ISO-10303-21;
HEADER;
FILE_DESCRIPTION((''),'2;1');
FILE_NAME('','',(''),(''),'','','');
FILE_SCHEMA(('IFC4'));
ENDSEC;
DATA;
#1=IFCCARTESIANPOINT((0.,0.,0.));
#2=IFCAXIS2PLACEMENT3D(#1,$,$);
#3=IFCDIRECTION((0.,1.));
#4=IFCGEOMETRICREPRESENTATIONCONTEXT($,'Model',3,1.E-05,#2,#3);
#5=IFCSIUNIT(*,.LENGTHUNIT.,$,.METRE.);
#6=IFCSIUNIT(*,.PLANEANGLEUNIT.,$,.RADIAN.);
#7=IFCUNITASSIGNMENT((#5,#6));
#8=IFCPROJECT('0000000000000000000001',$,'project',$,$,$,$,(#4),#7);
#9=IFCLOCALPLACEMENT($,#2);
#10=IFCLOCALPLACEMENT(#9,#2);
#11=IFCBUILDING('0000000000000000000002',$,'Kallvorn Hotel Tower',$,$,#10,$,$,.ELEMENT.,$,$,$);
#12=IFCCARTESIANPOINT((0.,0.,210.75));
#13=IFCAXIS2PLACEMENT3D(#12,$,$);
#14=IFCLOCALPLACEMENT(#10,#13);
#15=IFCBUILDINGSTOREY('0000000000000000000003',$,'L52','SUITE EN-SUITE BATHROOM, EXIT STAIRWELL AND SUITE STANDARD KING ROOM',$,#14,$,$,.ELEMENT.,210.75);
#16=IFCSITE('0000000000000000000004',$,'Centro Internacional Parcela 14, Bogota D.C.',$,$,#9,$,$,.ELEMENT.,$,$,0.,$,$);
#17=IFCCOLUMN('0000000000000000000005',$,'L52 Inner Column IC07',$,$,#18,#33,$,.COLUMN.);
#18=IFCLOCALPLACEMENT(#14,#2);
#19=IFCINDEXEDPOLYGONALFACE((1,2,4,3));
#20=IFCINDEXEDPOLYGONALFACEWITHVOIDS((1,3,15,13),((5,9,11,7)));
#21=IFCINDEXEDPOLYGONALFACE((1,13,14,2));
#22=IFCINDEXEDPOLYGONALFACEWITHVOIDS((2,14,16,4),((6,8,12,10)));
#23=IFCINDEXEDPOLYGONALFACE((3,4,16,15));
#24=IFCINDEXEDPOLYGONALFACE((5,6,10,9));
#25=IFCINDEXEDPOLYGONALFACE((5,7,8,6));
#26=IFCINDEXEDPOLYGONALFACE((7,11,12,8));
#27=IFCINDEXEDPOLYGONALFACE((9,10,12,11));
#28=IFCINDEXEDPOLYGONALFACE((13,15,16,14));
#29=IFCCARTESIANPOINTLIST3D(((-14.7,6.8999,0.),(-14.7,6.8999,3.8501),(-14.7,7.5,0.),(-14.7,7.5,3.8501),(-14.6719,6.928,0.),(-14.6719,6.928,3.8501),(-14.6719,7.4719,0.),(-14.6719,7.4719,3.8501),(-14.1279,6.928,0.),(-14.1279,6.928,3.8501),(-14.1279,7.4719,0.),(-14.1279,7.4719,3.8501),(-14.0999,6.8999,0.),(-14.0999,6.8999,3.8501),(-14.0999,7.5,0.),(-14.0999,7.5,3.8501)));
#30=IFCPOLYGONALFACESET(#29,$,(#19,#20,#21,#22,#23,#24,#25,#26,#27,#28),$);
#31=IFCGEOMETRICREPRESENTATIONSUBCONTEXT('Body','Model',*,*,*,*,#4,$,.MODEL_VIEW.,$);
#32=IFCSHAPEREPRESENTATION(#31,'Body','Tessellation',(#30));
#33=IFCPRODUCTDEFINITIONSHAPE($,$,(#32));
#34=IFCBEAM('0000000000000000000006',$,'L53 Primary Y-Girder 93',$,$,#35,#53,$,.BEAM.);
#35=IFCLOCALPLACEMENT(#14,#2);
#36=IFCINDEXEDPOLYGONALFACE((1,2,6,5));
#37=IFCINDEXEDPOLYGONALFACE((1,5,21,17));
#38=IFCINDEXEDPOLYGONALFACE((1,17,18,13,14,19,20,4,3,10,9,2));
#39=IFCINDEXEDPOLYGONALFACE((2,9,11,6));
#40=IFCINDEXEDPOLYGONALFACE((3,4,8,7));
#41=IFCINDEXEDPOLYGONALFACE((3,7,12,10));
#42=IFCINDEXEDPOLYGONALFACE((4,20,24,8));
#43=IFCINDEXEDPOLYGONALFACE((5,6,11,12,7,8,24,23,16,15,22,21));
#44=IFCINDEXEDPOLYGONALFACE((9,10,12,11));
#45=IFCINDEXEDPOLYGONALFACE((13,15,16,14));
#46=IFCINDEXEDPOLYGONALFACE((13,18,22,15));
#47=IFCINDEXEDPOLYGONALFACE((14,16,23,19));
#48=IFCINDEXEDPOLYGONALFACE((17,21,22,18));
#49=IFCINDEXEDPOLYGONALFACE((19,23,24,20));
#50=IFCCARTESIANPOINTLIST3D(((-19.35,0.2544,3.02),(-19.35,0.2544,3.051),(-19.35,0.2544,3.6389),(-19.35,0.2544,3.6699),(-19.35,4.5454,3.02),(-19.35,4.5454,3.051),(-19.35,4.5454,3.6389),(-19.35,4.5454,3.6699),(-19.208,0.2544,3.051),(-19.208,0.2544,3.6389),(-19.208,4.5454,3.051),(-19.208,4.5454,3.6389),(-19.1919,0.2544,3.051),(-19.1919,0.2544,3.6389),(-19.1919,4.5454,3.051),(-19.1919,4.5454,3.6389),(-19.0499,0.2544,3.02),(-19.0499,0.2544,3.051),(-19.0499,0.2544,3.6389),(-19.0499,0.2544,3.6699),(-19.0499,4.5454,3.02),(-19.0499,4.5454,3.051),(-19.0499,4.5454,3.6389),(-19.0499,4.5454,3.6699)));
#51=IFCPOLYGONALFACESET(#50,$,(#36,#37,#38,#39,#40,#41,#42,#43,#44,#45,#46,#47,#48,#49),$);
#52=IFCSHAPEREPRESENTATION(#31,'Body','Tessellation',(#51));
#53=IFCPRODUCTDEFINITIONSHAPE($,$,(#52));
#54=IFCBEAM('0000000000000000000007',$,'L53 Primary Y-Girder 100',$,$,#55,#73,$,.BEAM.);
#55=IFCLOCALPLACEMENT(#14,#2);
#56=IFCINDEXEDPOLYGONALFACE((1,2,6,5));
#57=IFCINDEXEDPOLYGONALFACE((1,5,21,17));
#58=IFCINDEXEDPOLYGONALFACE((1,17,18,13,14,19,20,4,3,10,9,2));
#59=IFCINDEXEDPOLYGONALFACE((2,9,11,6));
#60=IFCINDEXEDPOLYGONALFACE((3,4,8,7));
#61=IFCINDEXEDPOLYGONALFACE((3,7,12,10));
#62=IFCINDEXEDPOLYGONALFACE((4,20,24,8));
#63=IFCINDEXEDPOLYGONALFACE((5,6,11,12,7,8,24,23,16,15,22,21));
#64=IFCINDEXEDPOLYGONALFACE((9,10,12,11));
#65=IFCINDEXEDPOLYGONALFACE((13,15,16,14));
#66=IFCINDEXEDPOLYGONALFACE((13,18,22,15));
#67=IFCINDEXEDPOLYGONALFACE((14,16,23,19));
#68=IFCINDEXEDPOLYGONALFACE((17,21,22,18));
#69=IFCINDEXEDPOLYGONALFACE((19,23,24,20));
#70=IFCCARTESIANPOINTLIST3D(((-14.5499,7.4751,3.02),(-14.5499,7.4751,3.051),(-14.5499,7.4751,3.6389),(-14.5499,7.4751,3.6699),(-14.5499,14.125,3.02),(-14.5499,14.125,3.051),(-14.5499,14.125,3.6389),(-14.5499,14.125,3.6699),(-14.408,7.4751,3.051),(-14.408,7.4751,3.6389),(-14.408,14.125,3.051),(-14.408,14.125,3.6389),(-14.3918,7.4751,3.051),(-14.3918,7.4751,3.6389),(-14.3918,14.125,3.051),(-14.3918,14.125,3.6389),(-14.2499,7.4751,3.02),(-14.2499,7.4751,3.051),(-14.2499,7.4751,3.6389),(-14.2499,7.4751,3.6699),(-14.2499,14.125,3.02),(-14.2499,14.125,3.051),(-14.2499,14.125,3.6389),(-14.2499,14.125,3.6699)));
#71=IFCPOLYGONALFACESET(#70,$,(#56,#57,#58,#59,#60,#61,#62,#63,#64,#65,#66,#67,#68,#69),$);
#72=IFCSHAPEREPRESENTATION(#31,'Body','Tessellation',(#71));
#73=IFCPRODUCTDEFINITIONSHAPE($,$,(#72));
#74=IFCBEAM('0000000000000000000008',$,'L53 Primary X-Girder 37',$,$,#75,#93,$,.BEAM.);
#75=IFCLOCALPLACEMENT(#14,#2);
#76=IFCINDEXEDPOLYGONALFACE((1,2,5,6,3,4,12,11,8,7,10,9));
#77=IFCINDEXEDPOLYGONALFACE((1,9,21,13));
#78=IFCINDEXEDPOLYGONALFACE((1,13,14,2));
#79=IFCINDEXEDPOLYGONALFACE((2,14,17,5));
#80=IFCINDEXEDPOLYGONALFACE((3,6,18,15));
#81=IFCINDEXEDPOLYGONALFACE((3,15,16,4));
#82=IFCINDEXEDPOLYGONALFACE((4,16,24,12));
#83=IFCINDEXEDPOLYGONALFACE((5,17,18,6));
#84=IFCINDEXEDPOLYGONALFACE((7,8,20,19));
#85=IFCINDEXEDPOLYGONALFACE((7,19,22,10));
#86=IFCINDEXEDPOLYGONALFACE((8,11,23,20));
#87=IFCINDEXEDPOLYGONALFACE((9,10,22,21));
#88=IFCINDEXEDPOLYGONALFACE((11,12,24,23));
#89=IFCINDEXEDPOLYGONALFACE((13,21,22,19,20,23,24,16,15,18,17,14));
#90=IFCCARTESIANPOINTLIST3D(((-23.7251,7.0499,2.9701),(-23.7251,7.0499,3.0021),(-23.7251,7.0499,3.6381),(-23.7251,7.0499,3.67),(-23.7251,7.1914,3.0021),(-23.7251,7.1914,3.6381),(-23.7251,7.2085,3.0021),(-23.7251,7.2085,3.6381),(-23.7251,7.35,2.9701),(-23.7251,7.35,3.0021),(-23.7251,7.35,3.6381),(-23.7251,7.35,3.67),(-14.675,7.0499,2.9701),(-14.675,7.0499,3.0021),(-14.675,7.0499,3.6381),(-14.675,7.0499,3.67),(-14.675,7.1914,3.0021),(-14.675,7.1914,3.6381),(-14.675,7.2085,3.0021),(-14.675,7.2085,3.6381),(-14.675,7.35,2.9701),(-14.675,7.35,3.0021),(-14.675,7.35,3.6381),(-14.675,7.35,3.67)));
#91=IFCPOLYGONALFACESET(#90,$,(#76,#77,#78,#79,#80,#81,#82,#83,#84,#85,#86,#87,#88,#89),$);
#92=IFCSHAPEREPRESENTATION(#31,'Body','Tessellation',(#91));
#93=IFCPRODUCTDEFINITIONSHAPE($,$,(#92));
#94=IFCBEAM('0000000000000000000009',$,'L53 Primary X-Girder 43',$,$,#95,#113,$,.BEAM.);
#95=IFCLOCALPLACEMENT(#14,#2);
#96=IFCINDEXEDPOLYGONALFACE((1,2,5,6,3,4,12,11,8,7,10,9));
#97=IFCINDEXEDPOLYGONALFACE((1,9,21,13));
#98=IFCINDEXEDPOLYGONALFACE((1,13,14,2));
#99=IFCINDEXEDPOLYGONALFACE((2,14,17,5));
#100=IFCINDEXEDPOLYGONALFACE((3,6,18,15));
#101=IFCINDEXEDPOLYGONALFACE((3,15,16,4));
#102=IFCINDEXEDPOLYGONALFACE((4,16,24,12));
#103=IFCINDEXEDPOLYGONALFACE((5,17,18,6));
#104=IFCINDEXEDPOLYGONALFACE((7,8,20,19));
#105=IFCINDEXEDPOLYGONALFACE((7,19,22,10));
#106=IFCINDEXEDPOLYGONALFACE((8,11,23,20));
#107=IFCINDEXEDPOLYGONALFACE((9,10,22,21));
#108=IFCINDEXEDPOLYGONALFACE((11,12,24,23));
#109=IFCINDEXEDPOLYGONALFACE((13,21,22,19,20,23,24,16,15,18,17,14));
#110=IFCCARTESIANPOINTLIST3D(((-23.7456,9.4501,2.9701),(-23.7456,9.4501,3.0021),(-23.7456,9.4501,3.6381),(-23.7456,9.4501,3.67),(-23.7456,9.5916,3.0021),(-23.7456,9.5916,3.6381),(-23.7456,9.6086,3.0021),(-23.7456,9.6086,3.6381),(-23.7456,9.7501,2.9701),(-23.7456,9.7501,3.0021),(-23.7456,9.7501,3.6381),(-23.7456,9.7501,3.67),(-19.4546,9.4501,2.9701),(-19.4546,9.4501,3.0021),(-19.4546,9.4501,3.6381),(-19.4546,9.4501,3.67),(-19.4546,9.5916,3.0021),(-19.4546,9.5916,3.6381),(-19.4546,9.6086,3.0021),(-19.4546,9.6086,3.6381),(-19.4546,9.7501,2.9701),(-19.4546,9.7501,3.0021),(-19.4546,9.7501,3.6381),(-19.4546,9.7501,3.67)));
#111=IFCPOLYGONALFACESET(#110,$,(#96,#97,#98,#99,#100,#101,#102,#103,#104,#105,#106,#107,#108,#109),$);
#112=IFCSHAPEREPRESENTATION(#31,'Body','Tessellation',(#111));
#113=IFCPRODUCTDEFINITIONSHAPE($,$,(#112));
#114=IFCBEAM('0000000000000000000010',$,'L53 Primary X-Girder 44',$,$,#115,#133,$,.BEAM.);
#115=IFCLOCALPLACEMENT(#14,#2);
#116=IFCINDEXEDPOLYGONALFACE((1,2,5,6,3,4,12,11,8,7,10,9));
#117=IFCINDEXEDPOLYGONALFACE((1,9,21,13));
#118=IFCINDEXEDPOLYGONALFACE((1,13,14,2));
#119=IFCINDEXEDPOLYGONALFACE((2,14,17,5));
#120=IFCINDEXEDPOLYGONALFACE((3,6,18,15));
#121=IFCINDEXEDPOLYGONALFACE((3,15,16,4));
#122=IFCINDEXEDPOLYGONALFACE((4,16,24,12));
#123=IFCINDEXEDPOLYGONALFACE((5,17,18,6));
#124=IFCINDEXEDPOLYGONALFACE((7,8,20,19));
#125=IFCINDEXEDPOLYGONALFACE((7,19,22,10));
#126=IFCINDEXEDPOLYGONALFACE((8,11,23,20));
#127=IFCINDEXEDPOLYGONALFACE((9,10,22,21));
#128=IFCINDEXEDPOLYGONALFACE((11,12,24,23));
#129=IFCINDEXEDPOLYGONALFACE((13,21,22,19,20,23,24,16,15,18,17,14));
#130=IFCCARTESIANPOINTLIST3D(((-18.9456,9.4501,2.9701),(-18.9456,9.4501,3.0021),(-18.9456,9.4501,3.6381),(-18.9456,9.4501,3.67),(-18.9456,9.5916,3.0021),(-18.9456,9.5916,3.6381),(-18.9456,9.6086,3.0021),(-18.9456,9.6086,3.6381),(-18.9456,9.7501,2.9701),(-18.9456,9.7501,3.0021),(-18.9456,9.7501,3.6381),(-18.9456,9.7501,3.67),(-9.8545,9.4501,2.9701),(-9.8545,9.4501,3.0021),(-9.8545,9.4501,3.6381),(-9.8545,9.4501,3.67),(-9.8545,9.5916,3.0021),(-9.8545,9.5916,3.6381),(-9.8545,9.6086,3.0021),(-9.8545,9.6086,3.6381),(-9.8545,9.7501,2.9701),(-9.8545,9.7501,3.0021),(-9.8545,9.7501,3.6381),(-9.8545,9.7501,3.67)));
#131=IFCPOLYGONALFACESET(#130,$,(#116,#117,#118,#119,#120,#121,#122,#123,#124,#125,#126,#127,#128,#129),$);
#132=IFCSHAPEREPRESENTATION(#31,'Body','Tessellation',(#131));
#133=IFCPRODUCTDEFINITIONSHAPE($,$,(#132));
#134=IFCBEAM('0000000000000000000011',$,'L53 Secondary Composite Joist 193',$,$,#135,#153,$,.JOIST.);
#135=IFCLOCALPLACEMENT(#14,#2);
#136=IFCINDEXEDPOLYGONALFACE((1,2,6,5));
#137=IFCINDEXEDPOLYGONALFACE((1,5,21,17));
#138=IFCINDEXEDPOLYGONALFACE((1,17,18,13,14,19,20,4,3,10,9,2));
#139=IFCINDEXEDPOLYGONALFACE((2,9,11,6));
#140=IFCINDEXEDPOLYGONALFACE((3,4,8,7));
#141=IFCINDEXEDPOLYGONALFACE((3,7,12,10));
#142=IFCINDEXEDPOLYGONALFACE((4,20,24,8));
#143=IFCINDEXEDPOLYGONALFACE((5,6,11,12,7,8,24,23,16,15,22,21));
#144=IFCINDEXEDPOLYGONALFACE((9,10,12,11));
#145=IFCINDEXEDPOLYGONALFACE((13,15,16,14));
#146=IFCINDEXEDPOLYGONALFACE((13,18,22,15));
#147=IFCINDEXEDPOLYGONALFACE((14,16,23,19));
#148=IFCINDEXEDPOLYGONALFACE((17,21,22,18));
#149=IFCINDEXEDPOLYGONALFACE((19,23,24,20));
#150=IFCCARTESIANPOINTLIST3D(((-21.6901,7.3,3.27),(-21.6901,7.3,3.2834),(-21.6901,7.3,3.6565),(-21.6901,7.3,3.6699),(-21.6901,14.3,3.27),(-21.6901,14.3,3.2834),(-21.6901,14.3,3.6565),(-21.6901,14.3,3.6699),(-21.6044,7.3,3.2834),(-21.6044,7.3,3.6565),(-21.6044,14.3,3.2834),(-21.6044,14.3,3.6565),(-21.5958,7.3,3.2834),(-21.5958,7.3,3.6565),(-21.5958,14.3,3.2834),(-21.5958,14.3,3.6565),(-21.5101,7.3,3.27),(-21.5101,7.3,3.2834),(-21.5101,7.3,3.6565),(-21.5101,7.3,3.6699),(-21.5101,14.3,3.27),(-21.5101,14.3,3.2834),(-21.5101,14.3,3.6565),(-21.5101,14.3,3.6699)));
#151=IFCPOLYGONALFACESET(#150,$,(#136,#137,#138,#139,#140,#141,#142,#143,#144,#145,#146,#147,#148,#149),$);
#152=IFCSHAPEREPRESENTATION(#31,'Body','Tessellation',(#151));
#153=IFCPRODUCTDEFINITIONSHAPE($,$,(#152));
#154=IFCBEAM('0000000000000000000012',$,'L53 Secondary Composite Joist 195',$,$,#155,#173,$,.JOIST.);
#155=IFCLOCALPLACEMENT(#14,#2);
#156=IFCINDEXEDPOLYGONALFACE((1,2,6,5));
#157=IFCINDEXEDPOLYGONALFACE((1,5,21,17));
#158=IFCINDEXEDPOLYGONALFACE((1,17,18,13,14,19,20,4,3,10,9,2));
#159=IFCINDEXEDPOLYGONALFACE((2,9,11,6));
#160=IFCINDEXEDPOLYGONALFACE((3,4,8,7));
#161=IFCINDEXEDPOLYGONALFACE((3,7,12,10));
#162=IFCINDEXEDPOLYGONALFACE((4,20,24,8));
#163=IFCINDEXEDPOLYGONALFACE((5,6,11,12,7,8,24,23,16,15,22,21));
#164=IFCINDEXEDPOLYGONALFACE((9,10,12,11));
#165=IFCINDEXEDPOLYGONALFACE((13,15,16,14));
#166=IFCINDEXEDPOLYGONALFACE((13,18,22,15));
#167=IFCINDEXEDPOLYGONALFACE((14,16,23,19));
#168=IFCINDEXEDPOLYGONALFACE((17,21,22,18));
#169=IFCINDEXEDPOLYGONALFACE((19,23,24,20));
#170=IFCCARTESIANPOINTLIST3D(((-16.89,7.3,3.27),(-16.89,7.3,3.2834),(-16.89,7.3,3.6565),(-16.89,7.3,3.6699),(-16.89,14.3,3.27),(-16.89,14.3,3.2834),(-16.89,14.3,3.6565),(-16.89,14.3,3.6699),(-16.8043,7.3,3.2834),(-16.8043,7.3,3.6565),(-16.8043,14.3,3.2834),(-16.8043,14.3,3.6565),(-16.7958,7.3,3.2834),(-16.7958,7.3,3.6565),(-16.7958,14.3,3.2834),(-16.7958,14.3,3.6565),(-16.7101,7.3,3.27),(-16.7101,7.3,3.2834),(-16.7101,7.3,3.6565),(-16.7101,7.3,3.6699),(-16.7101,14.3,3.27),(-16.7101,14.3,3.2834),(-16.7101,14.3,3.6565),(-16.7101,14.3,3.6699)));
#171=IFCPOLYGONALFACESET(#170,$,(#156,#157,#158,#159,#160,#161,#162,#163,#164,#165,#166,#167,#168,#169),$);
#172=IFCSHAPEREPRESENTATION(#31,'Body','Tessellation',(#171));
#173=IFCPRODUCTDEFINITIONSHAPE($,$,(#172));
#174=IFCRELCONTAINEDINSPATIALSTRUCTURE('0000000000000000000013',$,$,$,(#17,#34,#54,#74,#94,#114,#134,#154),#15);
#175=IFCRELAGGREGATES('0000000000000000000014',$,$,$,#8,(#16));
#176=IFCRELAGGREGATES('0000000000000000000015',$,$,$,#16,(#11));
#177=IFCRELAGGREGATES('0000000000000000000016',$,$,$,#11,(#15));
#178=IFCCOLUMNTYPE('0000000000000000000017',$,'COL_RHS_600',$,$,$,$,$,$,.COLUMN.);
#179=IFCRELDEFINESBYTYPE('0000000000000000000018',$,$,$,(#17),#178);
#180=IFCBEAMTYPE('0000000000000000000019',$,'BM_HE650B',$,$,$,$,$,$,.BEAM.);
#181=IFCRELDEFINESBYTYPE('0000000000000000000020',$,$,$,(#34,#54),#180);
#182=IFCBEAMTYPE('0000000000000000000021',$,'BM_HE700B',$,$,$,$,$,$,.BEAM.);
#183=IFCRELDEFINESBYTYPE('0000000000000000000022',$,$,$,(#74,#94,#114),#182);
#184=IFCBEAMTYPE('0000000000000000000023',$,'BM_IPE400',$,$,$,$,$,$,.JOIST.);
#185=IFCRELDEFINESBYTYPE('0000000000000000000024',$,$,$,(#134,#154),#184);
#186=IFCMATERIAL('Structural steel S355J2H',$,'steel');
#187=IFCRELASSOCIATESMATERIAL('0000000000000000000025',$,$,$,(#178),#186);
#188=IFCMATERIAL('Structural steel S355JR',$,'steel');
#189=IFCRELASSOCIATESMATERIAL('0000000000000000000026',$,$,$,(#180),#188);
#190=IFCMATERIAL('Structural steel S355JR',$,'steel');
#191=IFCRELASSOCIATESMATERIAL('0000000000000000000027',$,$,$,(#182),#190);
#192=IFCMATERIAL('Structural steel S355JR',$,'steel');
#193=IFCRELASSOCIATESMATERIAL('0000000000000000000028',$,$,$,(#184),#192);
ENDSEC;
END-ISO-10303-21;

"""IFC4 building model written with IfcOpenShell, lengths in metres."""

from ifc_helpers import new_model, si_unit, direction, frame, origin, origin_2d, place, context, subcontext, project, spatial, hollow_rectangle, i_section, extrude, material, material_profile, profile_set, type_object, element, save


model = new_model("IFC4")

# Units and contexts
model_context = context("Model", 3, precision=1e-05, world=origin(), true_north=direction((0.0, 1.0)))
body_context = subcontext(model_context, "Body", "Model", "MODEL_VIEW")
ifc_project = project(units=[si_unit("LENGTHUNIT", "METRE"), si_unit("PLANEANGLEUNIT", "RADIAN")], contexts=[model_context])

# Site, building, storey
site_placement = place(None, origin())
site = spatial("IfcSite", under=ifc_project, at=site_placement, Name="Centro Internacional Parcela 14, Bogota D.C.", CompositionType="ELEMENT", RefElevation=0.0)
building_placement = place(site_placement, origin())
building = spatial("IfcBuilding", under=site, at=building_placement, Name="Kallvorn Hotel Tower", CompositionType="ELEMENT")
storey_placement = place(building_placement, frame((0.0, 0.0, 210.75)))
storey = spatial("IfcBuildingStorey", under=building, at=storey_placement, Name="L52", Description="SUITE EN-SUITE BATHROOM, EXIT STAIRWELL AND SUITE STANDARD KING ROOM", CompositionType="ELEMENT", Elevation=210.75)

# Column
ifc_material_1 = material(Name="Structural steel S355J2H", Category="steel")
ifc_material_profile_1 = material_profile(ifc_material_1, hollow_rectangle(XDim=0.6001, YDim=0.6001, WallThickness=0.0281, at=origin_2d()), Name="RHS 600x600x28")
ifc_profile_set_1 = profile_set([ifc_material_profile_1], Name="Structural steel S355J2H")
column_type_1 = type_object("IfcColumnType", Name="COL_RHS_600", PredefinedType="COLUMN", material=ifc_profile_set_1)
column_placement = place(storey_placement, frame((-14.3999, 7.2, 0.0), z_axis=(0.0, 0.0, 1.0), x_axis=(1.0, 0.0, 0.0)))
element("IfcColumn", 1, at=column_placement, inside=storey, type_object=column_type_1, Name="L52 Inner Column IC07", PredefinedType="COLUMN", context=body_context, shape_type="SweptSolid", body=[
    extrude(hollow_rectangle(XDim=0.6001, YDim=0.6001, WallThickness=0.0281, at=origin_2d()), origin(), (0.0, 0.0, 1.0), 3.8501),
])

# Beams
ifc_material_2 = material(Name="Structural steel S355JR", Category="steel")
ifc_material_profile_2 = material_profile(ifc_material_2, i_section(OverallWidth=0.3, OverallDepth=0.6499, WebThickness=0.0161, FlangeThickness=0.031, at=origin_2d()), Name="HE 650 B")
ifc_profile_set_2 = profile_set([ifc_material_profile_2], Name="Structural steel S355JR")
beam_type_1 = type_object("IfcBeamType", Name="BM_HE650B", PredefinedType="BEAM", material=ifc_profile_set_2)
beam_1_placement = place(storey_placement, frame((-19.2, 0.2544, 3.345), z_axis=(0.0, 1.0, 0.0), x_axis=(-1.0, 0.0, 0.0)))
element("IfcBeam", 2, at=beam_1_placement, inside=storey, type_object=beam_type_1, Name="L53 Primary Y-Girder 93", PredefinedType="BEAM", context=body_context, shape_type="SweptSolid", body=[
    extrude(i_section(OverallWidth=0.3, OverallDepth=0.6499, WebThickness=0.0161, FlangeThickness=0.031, at=origin_2d()), origin(), (0.0, 0.0, 1.0), 4.291),
])
beam_2_placement = place(storey_placement, frame((-14.3999, 7.4751, 3.345), z_axis=(0.0, 1.0, 0.0), x_axis=(-1.0, 0.0, 0.0)))
element("IfcBeam", 3, at=beam_2_placement, inside=storey, type_object=beam_type_1, Name="L53 Primary Y-Girder 100", PredefinedType="BEAM", context=body_context, shape_type="SweptSolid", body=[
    extrude(i_section(OverallWidth=0.3, OverallDepth=0.6499, WebThickness=0.0161, FlangeThickness=0.031, at=origin_2d()), origin(), (0.0, 0.0, 1.0), 6.6499),
])
ifc_material_3 = material(Name="Structural steel S355JR", Category="steel")
ifc_material_profile_3 = material_profile(ifc_material_3, i_section(OverallWidth=0.3, OverallDepth=0.7, WebThickness=0.0171, FlangeThickness=0.032, at=origin_2d()), Name="HE 700 B")
ifc_profile_set_3 = profile_set([ifc_material_profile_3], Name="Structural steel S355JR")
beam_type_2 = type_object("IfcBeamType", Name="BM_HE700B", PredefinedType="BEAM", material=ifc_profile_set_3)
beam_3_placement = place(storey_placement, frame((-23.7251, 7.2, 3.3201), z_axis=(1.0, 0.0, 0.0), x_axis=(0.0, 1.0, 0.0)))
element("IfcBeam", 4, at=beam_3_placement, inside=storey, type_object=beam_type_2, Name="L53 Primary X-Girder 37", PredefinedType="BEAM", context=body_context, shape_type="SweptSolid", body=[
    extrude(i_section(OverallWidth=0.3, OverallDepth=0.7, WebThickness=0.0171, FlangeThickness=0.032, at=origin_2d()), origin(), (0.0, 0.0, 1.0), 9.05),
])
beam_4_placement = place(storey_placement, frame((-23.7456, 9.6001, 3.3201), z_axis=(1.0, 0.0, 0.0), x_axis=(0.0, 1.0, 0.0)))
element("IfcBeam", 5, at=beam_4_placement, inside=storey, type_object=beam_type_2, Name="L53 Primary X-Girder 43", PredefinedType="BEAM", context=body_context, shape_type="SweptSolid", body=[
    extrude(i_section(OverallWidth=0.3, OverallDepth=0.7, WebThickness=0.0171, FlangeThickness=0.032, at=origin_2d()), origin(), (0.0, 0.0, 1.0), 4.291),
])
beam_5_placement = place(storey_placement, frame((-18.9456, 9.6001, 3.3201), z_axis=(1.0, 0.0, 0.0), x_axis=(0.0, 1.0, 0.0)))
element("IfcBeam", 6, at=beam_5_placement, inside=storey, type_object=beam_type_2, Name="L53 Primary X-Girder 44", PredefinedType="BEAM", context=body_context, shape_type="SweptSolid", body=[
    extrude(i_section(OverallWidth=0.3, OverallDepth=0.7, WebThickness=0.0171, FlangeThickness=0.032, at=origin_2d()), origin(), (0.0, 0.0, 1.0), 9.0911),
])
ifc_material_4 = material(Name="Structural steel S355JR", Category="steel")
ifc_material_profile_4 = material_profile(ifc_material_4, i_section(OverallWidth=0.1799, OverallDepth=0.3999, WebThickness=0.0085, FlangeThickness=0.0134, at=origin_2d()), Name="IPE 400")
ifc_profile_set_4 = profile_set([ifc_material_profile_4], Name="Structural steel S355JR")
beam_type_3 = type_object("IfcBeamType", Name="BM_IPE400", PredefinedType="JOIST", material=ifc_profile_set_4)
for number, where, z_axis, x_axis, name in (
    (7, (-21.6001, 7.3, 3.47), (0.0, 1.0, 0.0), (-1.0, 0.0, 0.0), "L53 Secondary Composite Joist 193"),
    (8, (-16.8, 7.3, 3.47), (0.0, 1.0, 0.0), (-1.0, 0.0, 0.0), "L53 Secondary Composite Joist 195"),
):
    element("IfcBeam", number, at=place(storey_placement, frame(where, z_axis=z_axis, x_axis=x_axis)), inside=storey, type_object=beam_type_3, Name=name, PredefinedType="JOIST", context=body_context, shape_type="SweptSolid", body=[
        extrude(i_section(OverallWidth=0.1799, OverallDepth=0.3999, WebThickness=0.0085, FlangeThickness=0.0134, at=origin_2d()), origin(), (0.0, 0.0, 1.0), 7.0),
    ])

save(model, "model.ifc")
